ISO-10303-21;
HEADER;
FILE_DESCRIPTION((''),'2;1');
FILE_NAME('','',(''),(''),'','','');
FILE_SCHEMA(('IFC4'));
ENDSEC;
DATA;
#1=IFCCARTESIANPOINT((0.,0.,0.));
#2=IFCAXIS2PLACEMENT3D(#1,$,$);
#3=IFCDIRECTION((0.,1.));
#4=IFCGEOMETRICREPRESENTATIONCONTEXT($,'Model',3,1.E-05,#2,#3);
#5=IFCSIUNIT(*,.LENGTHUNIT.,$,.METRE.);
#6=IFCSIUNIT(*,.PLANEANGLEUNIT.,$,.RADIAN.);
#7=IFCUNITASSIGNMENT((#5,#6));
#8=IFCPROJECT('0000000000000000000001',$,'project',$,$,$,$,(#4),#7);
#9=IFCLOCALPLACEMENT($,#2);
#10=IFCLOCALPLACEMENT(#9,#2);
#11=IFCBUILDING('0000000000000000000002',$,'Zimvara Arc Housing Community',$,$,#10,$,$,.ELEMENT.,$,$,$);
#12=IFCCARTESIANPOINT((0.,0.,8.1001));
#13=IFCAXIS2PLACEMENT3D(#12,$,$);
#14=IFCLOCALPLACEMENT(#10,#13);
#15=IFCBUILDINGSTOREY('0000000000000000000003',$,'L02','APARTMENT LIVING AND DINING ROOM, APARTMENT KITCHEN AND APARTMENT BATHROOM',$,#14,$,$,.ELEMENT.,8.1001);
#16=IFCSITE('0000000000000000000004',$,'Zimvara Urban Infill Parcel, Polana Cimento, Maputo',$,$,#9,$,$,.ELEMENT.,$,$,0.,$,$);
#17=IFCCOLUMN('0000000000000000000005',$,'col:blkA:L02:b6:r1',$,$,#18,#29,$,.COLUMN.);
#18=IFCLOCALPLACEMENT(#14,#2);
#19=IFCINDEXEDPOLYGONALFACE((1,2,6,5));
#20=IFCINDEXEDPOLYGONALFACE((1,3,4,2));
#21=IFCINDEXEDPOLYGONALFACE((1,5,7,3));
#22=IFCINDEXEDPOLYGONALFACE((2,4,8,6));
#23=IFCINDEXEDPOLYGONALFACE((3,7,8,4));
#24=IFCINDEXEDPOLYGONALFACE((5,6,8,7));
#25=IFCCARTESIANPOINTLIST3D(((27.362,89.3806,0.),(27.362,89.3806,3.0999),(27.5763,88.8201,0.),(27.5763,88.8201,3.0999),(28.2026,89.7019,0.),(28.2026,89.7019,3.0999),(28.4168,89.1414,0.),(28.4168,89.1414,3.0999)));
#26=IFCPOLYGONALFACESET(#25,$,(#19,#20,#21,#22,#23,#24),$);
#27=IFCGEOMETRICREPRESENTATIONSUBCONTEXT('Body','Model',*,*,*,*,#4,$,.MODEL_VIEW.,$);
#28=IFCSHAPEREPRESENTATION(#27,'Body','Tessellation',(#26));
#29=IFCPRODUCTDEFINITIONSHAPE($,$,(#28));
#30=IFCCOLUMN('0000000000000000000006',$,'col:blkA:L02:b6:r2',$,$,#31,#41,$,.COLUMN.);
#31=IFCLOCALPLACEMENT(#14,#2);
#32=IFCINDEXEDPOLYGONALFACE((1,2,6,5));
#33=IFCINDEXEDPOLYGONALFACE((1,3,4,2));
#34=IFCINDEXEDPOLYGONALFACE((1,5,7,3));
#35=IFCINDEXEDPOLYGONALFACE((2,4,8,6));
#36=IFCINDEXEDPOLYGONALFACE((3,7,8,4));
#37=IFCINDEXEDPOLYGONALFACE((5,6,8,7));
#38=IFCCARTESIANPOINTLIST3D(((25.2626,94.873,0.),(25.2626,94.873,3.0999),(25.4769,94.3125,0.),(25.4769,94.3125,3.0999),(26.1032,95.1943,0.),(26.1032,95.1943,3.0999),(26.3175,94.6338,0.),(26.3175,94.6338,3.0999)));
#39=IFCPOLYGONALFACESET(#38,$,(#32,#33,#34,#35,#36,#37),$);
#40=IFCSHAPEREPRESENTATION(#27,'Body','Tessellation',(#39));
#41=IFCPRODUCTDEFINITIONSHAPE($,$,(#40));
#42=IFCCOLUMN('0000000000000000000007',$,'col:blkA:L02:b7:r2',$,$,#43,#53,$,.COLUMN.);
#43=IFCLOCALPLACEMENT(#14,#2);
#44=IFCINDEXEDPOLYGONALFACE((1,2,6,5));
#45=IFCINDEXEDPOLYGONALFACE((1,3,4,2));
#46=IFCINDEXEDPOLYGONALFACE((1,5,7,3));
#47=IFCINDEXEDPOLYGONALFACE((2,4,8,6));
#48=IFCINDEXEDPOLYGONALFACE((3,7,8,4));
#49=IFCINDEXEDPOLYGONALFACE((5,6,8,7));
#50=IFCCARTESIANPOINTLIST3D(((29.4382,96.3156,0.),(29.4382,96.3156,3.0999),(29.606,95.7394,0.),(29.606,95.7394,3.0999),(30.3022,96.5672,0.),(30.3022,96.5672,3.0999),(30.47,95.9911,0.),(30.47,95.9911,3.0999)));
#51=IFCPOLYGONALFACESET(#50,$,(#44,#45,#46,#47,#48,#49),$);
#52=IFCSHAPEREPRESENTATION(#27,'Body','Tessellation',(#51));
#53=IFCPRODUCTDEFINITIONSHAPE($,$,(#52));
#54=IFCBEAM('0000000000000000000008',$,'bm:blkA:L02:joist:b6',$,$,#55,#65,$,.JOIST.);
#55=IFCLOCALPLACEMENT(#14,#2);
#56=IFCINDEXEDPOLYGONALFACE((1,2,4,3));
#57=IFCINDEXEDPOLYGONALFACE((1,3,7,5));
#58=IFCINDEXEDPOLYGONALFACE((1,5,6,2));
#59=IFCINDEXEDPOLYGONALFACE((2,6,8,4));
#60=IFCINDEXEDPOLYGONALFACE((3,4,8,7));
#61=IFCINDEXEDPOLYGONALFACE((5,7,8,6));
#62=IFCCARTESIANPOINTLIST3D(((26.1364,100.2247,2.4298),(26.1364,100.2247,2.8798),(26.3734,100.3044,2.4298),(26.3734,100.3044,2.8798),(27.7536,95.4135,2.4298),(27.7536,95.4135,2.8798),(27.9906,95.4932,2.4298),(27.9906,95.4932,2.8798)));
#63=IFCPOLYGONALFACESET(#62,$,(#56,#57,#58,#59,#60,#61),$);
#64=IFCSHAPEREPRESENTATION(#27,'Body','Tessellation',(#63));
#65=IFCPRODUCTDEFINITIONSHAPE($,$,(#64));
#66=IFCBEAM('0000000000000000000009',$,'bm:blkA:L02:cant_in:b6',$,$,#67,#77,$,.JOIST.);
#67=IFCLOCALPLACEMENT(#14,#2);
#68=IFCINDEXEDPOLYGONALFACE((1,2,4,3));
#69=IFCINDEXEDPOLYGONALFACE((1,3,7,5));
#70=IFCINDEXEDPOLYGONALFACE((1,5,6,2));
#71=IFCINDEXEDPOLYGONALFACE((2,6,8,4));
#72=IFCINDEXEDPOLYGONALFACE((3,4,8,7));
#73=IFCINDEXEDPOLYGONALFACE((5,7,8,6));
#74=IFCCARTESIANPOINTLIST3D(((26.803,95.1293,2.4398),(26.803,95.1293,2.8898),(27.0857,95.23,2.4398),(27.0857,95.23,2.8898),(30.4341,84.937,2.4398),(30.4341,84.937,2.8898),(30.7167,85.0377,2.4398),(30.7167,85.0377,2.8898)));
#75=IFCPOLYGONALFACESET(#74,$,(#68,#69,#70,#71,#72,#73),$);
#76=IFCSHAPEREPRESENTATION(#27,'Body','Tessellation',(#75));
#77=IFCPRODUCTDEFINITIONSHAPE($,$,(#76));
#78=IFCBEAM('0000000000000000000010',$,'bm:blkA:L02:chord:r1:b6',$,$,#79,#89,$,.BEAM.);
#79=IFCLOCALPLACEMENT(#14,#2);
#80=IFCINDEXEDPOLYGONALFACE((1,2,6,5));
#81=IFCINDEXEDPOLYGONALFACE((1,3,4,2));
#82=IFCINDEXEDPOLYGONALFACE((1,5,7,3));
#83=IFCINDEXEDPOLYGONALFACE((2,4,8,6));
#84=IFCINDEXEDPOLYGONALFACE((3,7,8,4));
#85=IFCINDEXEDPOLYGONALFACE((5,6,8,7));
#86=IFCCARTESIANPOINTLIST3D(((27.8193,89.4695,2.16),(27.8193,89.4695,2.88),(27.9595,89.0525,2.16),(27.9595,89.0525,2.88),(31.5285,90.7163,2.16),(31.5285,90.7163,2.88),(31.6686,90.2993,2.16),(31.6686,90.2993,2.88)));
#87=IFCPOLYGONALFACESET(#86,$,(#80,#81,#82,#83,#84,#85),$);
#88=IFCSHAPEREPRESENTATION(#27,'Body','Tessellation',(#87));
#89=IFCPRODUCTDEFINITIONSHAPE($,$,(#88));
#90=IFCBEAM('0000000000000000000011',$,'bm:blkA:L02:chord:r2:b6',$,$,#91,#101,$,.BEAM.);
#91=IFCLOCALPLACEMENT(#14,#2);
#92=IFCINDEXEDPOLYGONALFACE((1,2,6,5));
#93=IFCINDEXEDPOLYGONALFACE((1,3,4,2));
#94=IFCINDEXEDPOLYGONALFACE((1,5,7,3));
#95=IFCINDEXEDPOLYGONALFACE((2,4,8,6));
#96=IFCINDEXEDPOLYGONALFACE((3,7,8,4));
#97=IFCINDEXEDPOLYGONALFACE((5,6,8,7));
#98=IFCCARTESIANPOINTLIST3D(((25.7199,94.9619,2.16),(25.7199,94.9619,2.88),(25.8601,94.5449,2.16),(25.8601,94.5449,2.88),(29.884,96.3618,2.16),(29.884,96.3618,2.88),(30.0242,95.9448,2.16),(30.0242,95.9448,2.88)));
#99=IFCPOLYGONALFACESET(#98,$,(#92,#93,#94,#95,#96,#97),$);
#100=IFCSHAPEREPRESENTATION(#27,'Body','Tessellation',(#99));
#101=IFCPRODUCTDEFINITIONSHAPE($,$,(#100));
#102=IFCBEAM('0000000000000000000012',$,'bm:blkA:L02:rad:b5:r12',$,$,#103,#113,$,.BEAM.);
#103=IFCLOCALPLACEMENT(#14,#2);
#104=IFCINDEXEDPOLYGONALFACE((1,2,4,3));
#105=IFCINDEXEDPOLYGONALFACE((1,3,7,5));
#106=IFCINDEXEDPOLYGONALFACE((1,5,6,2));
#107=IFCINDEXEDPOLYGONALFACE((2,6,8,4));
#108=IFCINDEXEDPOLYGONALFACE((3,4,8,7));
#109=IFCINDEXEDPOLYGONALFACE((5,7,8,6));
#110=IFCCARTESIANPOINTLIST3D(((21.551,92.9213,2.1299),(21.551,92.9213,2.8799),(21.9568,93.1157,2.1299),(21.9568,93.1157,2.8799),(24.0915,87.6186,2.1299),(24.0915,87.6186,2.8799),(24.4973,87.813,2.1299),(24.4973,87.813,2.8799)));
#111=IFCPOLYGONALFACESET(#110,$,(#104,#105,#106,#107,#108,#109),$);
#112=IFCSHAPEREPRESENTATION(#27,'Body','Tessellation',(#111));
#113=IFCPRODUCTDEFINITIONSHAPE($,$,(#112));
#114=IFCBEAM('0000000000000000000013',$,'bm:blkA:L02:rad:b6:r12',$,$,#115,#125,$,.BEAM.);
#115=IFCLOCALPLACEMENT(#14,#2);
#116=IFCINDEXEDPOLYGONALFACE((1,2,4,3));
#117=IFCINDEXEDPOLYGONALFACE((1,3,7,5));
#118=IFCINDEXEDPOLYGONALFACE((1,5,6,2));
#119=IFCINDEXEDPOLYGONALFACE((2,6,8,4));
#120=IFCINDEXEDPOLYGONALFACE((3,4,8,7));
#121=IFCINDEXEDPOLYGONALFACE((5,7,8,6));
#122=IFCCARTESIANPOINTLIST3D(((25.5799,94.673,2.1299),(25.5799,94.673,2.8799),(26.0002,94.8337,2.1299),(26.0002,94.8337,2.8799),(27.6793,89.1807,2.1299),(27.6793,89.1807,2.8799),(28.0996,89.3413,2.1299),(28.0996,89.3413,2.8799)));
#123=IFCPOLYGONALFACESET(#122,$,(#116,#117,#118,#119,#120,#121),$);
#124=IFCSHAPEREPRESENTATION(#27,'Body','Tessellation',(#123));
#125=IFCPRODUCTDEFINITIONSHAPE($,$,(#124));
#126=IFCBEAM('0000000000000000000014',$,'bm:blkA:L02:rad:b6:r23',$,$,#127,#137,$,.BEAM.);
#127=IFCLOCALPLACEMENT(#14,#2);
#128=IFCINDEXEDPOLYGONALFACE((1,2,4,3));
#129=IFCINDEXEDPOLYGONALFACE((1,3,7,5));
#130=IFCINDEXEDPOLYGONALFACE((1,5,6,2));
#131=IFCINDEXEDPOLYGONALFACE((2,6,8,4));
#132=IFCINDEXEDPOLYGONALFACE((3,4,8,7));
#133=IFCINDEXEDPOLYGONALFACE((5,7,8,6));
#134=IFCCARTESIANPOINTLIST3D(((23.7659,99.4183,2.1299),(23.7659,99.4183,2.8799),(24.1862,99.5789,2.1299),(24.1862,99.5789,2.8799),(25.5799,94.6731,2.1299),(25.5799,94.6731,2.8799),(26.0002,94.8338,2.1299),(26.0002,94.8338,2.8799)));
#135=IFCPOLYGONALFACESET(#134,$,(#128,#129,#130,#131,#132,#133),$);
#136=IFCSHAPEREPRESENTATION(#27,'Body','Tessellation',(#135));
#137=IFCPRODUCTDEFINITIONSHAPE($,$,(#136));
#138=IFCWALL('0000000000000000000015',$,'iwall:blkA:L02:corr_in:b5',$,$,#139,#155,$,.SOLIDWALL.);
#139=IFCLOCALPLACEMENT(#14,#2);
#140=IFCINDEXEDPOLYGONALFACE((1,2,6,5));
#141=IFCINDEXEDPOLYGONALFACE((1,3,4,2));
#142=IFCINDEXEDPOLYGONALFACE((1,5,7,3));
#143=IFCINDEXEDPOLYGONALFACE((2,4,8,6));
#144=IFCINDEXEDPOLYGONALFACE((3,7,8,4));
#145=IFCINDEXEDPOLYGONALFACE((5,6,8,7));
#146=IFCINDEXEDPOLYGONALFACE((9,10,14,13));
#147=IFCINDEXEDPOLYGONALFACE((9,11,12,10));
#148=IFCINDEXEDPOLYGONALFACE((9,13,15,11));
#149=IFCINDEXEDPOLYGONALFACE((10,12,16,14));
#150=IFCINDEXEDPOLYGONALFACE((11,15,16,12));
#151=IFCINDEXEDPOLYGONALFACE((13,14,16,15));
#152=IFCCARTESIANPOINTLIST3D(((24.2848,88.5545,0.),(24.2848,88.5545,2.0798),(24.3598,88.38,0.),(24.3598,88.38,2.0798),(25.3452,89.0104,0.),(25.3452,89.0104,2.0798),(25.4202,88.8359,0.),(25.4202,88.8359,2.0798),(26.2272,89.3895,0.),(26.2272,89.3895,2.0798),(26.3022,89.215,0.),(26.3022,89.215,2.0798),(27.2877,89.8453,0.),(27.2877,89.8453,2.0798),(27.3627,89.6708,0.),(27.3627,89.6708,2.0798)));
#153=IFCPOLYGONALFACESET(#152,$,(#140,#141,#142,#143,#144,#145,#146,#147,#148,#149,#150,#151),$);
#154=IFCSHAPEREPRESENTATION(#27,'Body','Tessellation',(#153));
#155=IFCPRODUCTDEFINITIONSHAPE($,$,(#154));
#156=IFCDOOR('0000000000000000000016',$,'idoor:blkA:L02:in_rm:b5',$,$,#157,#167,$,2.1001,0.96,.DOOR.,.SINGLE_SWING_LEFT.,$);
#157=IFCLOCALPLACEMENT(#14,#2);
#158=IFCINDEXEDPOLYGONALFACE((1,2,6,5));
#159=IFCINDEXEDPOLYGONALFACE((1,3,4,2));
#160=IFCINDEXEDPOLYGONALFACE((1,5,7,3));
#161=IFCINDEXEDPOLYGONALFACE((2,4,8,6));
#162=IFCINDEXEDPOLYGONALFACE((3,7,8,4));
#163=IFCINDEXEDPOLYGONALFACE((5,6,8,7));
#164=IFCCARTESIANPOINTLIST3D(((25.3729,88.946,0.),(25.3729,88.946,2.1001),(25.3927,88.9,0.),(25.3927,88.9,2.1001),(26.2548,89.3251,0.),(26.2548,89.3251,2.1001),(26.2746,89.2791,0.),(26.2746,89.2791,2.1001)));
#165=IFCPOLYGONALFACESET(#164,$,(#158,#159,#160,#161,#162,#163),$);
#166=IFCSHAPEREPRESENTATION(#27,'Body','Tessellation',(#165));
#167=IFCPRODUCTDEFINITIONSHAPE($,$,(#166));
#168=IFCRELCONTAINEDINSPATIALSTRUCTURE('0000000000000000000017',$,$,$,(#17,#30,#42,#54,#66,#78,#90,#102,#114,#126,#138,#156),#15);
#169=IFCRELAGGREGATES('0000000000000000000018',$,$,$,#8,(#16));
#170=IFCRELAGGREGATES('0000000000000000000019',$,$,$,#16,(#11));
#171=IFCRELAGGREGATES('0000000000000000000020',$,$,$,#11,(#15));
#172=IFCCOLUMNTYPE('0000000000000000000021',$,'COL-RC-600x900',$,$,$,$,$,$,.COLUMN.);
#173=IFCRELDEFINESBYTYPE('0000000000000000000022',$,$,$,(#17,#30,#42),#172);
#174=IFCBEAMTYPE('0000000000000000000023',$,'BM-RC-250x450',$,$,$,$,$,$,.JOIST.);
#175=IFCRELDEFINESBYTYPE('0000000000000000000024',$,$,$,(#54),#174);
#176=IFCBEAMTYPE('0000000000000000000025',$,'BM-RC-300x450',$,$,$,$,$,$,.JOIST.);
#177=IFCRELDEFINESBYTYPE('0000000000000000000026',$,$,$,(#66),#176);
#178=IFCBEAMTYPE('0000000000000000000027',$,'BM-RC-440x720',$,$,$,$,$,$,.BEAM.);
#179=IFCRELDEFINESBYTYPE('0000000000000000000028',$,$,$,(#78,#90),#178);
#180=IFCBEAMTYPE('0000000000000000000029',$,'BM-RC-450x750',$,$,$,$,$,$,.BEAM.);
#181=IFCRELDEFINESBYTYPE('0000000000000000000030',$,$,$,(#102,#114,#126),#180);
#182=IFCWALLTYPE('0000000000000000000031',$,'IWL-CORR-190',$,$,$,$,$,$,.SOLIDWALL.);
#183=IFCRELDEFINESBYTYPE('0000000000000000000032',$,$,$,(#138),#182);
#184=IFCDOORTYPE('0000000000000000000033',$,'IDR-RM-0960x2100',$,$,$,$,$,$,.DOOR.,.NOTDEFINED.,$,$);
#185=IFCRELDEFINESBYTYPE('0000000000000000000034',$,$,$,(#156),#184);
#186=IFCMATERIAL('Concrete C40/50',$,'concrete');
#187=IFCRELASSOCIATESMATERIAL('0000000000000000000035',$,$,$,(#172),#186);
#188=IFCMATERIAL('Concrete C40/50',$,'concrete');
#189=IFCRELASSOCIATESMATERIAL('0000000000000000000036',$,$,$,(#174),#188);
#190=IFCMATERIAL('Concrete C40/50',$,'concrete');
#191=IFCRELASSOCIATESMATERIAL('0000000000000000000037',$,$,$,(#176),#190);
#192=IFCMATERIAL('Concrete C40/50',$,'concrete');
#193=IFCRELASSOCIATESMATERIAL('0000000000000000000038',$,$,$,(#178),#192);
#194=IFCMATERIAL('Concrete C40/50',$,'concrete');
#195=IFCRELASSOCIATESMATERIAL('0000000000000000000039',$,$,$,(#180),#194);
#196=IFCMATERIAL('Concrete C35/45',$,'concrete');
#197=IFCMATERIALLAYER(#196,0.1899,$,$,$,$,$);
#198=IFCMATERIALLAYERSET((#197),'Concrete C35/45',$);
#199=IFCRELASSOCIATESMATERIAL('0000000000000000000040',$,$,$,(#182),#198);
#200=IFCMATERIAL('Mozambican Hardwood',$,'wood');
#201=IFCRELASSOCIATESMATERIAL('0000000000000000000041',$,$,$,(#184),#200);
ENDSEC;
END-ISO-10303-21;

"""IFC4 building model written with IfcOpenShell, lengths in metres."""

from ifc_helpers import new_model, si_unit, direction, frame, frame_2d, origin, origin_2d, place, context, subcontext, project, spatial, rectangle, extrude, material, layer, layer_set, material_profile, profile_set, type_object, element, fill, save


model = new_model("IFC4")

# Units and contexts
model_context = context("Model", 3, precision=1e-05, world=origin(), true_north=direction((0.0, 1.0)))
body_context = subcontext(model_context, "Body", "Model", "MODEL_VIEW")
ifc_project = project(units=[si_unit("LENGTHUNIT", "METRE"), si_unit("PLANEANGLEUNIT", "RADIAN")], contexts=[model_context])

# Site, building, storey
site_placement = place(None, origin())
site = spatial("IfcSite", under=ifc_project, at=site_placement, Name="Zimvara Urban Infill Parcel, Polana Cimento, Maputo", CompositionType="ELEMENT", RefElevation=0.0)
building_placement = place(site_placement, origin())
building = spatial("IfcBuilding", under=site, at=building_placement, Name="Zimvara Arc Housing Community", CompositionType="ELEMENT")
storey_placement = place(building_placement, frame((0.0, 0.0, 8.1001)))
storey = spatial("IfcBuildingStorey", under=building, at=storey_placement, Name="L02", Description="APARTMENT LIVING AND DINING ROOM, APARTMENT KITCHEN AND APARTMENT BATHROOM", CompositionType="ELEMENT", Elevation=8.1001)

# Columns
ifc_material_1 = material(Name="Concrete C40/50", Category="concrete")
ifc_material_profile_1 = material_profile(ifc_material_1, rectangle(XDim=0.6001, YDim=0.8999, at=origin_2d()), Name="RC 600x900")
ifc_profile_set_1 = profile_set([ifc_material_profile_1], Name="Concrete C40/50")
column_type = type_object("IfcColumnType", Name="COL-RC-600x900", PredefinedType="COLUMN", material=ifc_profile_set_1)
for number, where, z_axis, x_axis, name in (
    (1, (27.8894, 89.261, 0.0), (0.0, 0.0, 1.0), (-0.357064, 0.93408, 0.0), "col:blkA:L02:b6:r1"),
    (2, (25.79, 94.7534, 0.0), (0.0, 0.0, 1.0), (-0.357064, 0.93408, 0.0), "col:blkA:L02:b6:r2"),
    (3, (29.9541, 96.1533, 0.0), (0.0, 0.0, 1.0), (-0.279661, 0.960099, 0.0), "col:blkA:L02:b7:r2"),
):
    element("IfcColumn", number, at=place(storey_placement, frame(where, z_axis=z_axis, x_axis=x_axis)), inside=storey, type_object=column_type, Name=name, PredefinedType="COLUMN", context=body_context, shape_type="SweptSolid", body=[
        extrude(rectangle(XDim=0.6001, YDim=0.8999, at=origin_2d()), origin(), (0.0, 0.0, 1.0), 3.0999),
    ])

# Beams
ifc_material_2 = material(Name="Concrete C40/50", Category="concrete")
ifc_material_profile_2 = material_profile(ifc_material_2, rectangle(XDim=0.25, YDim=0.45, at=origin_2d()), Name="RC 250x450")
ifc_profile_set_2 = profile_set([ifc_material_profile_2], Name="Concrete C40/50")
beam_type_1 = type_object("IfcBeamType", Name="BM-RC-250x450", PredefinedType="JOIST", material=ifc_profile_set_2)
beam_1_placement = place(storey_placement, frame((27.8721, 95.4534, 2.6548), z_axis=(-0.318608, 0.947887, 0.0), x_axis=(-0.947887, -0.318608, 0.0)))
element("IfcBeam", 4, at=beam_1_placement, inside=storey, type_object=beam_type_1, Name="bm:blkA:L02:joist:b6", PredefinedType="JOIST", context=body_context, shape_type="SweptSolid", body=[
    extrude(rectangle(XDim=0.25, YDim=0.45, at=origin_2d()), origin(), (0.0, 0.0, 1.0), 5.0757),
])
ifc_material_3 = material(Name="Concrete C40/50", Category="concrete")
ifc_material_profile_3 = material_profile(ifc_material_3, rectangle(XDim=0.3, YDim=0.45, at=origin_2d()), Name="RC 300x450")
ifc_profile_set_3 = profile_set([ifc_material_profile_3], Name="Concrete C40/50")
beam_type_2 = type_object("IfcBeamType", Name="BM-RC-300x450", PredefinedType="JOIST", material=ifc_profile_set_3)
beam_2_placement = place(storey_placement, frame((26.9443, 95.1797, 2.6648), z_axis=(0.335596, -0.942006, 0.0), x_axis=(0.942006, 0.335596, 0.0)))
element("IfcBeam", 5, at=beam_2_placement, inside=storey, type_object=beam_type_2, Name="bm:blkA:L02:cant_in:b6", PredefinedType="JOIST", context=body_context, shape_type="SweptSolid", body=[
    extrude(rectangle(XDim=0.3, YDim=0.45, at=origin_2d()), origin(), (0.0, 0.0, 1.0), 10.8198),
])
ifc_material_4 = material(Name="Concrete C40/50", Category="concrete")
ifc_material_profile_4 = material_profile(ifc_material_4, rectangle(XDim=0.4399, YDim=0.72, at=origin_2d()), Name="RC 440x720")
ifc_profile_set_4 = profile_set([ifc_material_profile_4], Name="Concrete C40/50")
beam_type_3 = type_object("IfcBeamType", Name="BM-RC-440x720", PredefinedType="BEAM", material=ifc_profile_set_4)
beam_3_placement = place(storey_placement, frame((27.8894, 89.261, 2.52), z_axis=(0.947882, 0.318623, 0.0), x_axis=(-0.318623, 0.947882, 0.0)))
element("IfcBeam", 6, at=beam_3_placement, inside=storey, type_object=beam_type_3, Name="bm:blkA:L02:chord:r1:b6", PredefinedType="BEAM", context=body_context, shape_type="SweptSolid", body=[
    extrude(rectangle(XDim=0.4399, YDim=0.72, at=origin_2d()), origin(), (0.0, 0.0, 1.0), 3.9131),
])
beam_4_placement = place(storey_placement, frame((25.79, 94.7534, 2.52), z_axis=(0.947869, 0.318661, 0.0), x_axis=(-0.318661, 0.947869, 0.0)))
element("IfcBeam", 7, at=beam_4_placement, inside=storey, type_object=beam_type_3, Name="bm:blkA:L02:chord:r2:b6", PredefinedType="BEAM", context=body_context, shape_type="SweptSolid", body=[
    extrude(rectangle(XDim=0.4399, YDim=0.72, at=origin_2d()), origin(), (0.0, 0.0, 1.0), 4.3931),
])
ifc_material_5 = material(Name="Concrete C40/50", Category="concrete")
ifc_material_profile_5 = material_profile(ifc_material_5, rectangle(XDim=0.45, YDim=0.75, at=origin_2d()), Name="RC 450x750")
ifc_profile_set_5 = profile_set([ifc_material_profile_5], Name="Concrete C40/50")
beam_type_4 = type_object("IfcBeamType", Name="BM-RC-450x750", PredefinedType="BEAM", material=ifc_profile_set_5)
for number, where, z_axis, x_axis, name in (
    (8, (24.2944, 87.7158, 2.5049), (-0.43207, 0.90184, 0.0), (-0.90184, -0.43207, 0.0), "bm:blkA:L02:rad:b5:r12"),
    (9, (27.8894, 89.261, 2.5049), (-0.357036, 0.934091, 0.0), (-0.934091, -0.357036, 0.0), "bm:blkA:L02:rad:b6:r12"),
):
    element("IfcBeam", number, at=place(storey_placement, frame(where, z_axis=z_axis, x_axis=x_axis)), inside=storey, type_object=beam_type_4, Name=name, PredefinedType="BEAM", context=body_context, shape_type="SweptSolid", body=[
        extrude(rectangle(XDim=0.45, YDim=0.75, at=origin_2d()), origin(), (0.0, 0.0, 1.0), 5.8799),
    ])
beam_5_placement = place(storey_placement, frame((25.79, 94.7534, 2.5049), z_axis=(-0.357078, 0.934074, 0.0), x_axis=(-0.934074, -0.357078, 0.0)))
element("IfcBeam", 10, at=beam_5_placement, inside=storey, type_object=beam_type_4, Name="bm:blkA:L02:rad:b6:r23", PredefinedType="BEAM", context=body_context, shape_type="SweptSolid", body=[
    extrude(rectangle(XDim=0.45, YDim=0.75, at=origin_2d()), origin(), (0.0, 0.0, 1.0), 5.0801),
])

# Wall, opening, door
ifc_material_6 = material(Name="Concrete C35/45", Category="concrete")
ifc_layer_1 = layer(ifc_material_6, 0.1899)
ifc_layer_set_1 = layer_set([ifc_layer_1], Name="Concrete C35/45")
wall_type_1 = type_object("IfcWallType", Name="IWL-CORR-190", PredefinedType="SOLIDWALL", material=ifc_layer_set_1)
wall_1_placement = place(storey_placement, frame((24.3223, 88.4673, 0.0), z_axis=(0.0, 0.0, 1.0), x_axis=(0.918723, 0.394902, 0.0)))
wall_1 = element("IfcWall", 11, at=wall_1_placement, inside=storey, type_object=wall_type_1, Name="iwall:blkA:L02:corr_in:b5", PredefinedType="SOLIDWALL", context=body_context, shape_type="SweptSolid", body=[
    extrude(rectangle(XDim=3.2686, YDim=0.1899, at=frame_2d((1.6343, 0.0))), origin(), (0.0, 0.0, 1.0), 2.0798),
])
opening_1_placement = place(wall_1_placement, frame((1.1543, 0.0, 0.0)))
opening_1 = element("IfcOpeningElement", 12, at=opening_1_placement, cuts=wall_1, PredefinedType="OPENING", context=body_context, shape_type="SweptSolid", body=[
    extrude(rectangle(XDim=0.96, YDim=2.1001, at=frame_2d((0.48, 1.05))), frame((0.0, 0.105, 0.0), z_axis=(0.0, -1.0, 0.0), x_axis=(1.0, 0.0, 0.0)), (0.0, 0.0, 1.0), 0.21),
])
ifc_material_7 = material(Name="Mozambican Hardwood", Category="wood")
door_type_1 = type_object("IfcDoorType", Name="IDR-RM-0960x2100", OperationType="NOTDEFINED", PredefinedType="DOOR", material=ifc_material_7)
door_1_placement = place(opening_1_placement, origin())
door_1 = element("IfcDoor", 13, at=door_1_placement, inside=storey, type_object=door_type_1, Name="idoor:blkA:L02:in_rm:b5", OperationType="SINGLE_SWING_LEFT", OverallHeight=2.1001, OverallWidth=0.96, PredefinedType="DOOR", context=body_context, shape_type="SweptSolid", body=[
    extrude(rectangle(XDim=0.96, YDim=2.1001, at=frame_2d((0.48, 1.05))), frame((0.0, 0.0249, 0.0), z_axis=(0.0, -1.0, 0.0), x_axis=(1.0, 0.0, 0.0)), (0.0, 0.0, 1.0), 0.05),
])
fill(opening_1, door_1)

save(model, "model.ifc")
